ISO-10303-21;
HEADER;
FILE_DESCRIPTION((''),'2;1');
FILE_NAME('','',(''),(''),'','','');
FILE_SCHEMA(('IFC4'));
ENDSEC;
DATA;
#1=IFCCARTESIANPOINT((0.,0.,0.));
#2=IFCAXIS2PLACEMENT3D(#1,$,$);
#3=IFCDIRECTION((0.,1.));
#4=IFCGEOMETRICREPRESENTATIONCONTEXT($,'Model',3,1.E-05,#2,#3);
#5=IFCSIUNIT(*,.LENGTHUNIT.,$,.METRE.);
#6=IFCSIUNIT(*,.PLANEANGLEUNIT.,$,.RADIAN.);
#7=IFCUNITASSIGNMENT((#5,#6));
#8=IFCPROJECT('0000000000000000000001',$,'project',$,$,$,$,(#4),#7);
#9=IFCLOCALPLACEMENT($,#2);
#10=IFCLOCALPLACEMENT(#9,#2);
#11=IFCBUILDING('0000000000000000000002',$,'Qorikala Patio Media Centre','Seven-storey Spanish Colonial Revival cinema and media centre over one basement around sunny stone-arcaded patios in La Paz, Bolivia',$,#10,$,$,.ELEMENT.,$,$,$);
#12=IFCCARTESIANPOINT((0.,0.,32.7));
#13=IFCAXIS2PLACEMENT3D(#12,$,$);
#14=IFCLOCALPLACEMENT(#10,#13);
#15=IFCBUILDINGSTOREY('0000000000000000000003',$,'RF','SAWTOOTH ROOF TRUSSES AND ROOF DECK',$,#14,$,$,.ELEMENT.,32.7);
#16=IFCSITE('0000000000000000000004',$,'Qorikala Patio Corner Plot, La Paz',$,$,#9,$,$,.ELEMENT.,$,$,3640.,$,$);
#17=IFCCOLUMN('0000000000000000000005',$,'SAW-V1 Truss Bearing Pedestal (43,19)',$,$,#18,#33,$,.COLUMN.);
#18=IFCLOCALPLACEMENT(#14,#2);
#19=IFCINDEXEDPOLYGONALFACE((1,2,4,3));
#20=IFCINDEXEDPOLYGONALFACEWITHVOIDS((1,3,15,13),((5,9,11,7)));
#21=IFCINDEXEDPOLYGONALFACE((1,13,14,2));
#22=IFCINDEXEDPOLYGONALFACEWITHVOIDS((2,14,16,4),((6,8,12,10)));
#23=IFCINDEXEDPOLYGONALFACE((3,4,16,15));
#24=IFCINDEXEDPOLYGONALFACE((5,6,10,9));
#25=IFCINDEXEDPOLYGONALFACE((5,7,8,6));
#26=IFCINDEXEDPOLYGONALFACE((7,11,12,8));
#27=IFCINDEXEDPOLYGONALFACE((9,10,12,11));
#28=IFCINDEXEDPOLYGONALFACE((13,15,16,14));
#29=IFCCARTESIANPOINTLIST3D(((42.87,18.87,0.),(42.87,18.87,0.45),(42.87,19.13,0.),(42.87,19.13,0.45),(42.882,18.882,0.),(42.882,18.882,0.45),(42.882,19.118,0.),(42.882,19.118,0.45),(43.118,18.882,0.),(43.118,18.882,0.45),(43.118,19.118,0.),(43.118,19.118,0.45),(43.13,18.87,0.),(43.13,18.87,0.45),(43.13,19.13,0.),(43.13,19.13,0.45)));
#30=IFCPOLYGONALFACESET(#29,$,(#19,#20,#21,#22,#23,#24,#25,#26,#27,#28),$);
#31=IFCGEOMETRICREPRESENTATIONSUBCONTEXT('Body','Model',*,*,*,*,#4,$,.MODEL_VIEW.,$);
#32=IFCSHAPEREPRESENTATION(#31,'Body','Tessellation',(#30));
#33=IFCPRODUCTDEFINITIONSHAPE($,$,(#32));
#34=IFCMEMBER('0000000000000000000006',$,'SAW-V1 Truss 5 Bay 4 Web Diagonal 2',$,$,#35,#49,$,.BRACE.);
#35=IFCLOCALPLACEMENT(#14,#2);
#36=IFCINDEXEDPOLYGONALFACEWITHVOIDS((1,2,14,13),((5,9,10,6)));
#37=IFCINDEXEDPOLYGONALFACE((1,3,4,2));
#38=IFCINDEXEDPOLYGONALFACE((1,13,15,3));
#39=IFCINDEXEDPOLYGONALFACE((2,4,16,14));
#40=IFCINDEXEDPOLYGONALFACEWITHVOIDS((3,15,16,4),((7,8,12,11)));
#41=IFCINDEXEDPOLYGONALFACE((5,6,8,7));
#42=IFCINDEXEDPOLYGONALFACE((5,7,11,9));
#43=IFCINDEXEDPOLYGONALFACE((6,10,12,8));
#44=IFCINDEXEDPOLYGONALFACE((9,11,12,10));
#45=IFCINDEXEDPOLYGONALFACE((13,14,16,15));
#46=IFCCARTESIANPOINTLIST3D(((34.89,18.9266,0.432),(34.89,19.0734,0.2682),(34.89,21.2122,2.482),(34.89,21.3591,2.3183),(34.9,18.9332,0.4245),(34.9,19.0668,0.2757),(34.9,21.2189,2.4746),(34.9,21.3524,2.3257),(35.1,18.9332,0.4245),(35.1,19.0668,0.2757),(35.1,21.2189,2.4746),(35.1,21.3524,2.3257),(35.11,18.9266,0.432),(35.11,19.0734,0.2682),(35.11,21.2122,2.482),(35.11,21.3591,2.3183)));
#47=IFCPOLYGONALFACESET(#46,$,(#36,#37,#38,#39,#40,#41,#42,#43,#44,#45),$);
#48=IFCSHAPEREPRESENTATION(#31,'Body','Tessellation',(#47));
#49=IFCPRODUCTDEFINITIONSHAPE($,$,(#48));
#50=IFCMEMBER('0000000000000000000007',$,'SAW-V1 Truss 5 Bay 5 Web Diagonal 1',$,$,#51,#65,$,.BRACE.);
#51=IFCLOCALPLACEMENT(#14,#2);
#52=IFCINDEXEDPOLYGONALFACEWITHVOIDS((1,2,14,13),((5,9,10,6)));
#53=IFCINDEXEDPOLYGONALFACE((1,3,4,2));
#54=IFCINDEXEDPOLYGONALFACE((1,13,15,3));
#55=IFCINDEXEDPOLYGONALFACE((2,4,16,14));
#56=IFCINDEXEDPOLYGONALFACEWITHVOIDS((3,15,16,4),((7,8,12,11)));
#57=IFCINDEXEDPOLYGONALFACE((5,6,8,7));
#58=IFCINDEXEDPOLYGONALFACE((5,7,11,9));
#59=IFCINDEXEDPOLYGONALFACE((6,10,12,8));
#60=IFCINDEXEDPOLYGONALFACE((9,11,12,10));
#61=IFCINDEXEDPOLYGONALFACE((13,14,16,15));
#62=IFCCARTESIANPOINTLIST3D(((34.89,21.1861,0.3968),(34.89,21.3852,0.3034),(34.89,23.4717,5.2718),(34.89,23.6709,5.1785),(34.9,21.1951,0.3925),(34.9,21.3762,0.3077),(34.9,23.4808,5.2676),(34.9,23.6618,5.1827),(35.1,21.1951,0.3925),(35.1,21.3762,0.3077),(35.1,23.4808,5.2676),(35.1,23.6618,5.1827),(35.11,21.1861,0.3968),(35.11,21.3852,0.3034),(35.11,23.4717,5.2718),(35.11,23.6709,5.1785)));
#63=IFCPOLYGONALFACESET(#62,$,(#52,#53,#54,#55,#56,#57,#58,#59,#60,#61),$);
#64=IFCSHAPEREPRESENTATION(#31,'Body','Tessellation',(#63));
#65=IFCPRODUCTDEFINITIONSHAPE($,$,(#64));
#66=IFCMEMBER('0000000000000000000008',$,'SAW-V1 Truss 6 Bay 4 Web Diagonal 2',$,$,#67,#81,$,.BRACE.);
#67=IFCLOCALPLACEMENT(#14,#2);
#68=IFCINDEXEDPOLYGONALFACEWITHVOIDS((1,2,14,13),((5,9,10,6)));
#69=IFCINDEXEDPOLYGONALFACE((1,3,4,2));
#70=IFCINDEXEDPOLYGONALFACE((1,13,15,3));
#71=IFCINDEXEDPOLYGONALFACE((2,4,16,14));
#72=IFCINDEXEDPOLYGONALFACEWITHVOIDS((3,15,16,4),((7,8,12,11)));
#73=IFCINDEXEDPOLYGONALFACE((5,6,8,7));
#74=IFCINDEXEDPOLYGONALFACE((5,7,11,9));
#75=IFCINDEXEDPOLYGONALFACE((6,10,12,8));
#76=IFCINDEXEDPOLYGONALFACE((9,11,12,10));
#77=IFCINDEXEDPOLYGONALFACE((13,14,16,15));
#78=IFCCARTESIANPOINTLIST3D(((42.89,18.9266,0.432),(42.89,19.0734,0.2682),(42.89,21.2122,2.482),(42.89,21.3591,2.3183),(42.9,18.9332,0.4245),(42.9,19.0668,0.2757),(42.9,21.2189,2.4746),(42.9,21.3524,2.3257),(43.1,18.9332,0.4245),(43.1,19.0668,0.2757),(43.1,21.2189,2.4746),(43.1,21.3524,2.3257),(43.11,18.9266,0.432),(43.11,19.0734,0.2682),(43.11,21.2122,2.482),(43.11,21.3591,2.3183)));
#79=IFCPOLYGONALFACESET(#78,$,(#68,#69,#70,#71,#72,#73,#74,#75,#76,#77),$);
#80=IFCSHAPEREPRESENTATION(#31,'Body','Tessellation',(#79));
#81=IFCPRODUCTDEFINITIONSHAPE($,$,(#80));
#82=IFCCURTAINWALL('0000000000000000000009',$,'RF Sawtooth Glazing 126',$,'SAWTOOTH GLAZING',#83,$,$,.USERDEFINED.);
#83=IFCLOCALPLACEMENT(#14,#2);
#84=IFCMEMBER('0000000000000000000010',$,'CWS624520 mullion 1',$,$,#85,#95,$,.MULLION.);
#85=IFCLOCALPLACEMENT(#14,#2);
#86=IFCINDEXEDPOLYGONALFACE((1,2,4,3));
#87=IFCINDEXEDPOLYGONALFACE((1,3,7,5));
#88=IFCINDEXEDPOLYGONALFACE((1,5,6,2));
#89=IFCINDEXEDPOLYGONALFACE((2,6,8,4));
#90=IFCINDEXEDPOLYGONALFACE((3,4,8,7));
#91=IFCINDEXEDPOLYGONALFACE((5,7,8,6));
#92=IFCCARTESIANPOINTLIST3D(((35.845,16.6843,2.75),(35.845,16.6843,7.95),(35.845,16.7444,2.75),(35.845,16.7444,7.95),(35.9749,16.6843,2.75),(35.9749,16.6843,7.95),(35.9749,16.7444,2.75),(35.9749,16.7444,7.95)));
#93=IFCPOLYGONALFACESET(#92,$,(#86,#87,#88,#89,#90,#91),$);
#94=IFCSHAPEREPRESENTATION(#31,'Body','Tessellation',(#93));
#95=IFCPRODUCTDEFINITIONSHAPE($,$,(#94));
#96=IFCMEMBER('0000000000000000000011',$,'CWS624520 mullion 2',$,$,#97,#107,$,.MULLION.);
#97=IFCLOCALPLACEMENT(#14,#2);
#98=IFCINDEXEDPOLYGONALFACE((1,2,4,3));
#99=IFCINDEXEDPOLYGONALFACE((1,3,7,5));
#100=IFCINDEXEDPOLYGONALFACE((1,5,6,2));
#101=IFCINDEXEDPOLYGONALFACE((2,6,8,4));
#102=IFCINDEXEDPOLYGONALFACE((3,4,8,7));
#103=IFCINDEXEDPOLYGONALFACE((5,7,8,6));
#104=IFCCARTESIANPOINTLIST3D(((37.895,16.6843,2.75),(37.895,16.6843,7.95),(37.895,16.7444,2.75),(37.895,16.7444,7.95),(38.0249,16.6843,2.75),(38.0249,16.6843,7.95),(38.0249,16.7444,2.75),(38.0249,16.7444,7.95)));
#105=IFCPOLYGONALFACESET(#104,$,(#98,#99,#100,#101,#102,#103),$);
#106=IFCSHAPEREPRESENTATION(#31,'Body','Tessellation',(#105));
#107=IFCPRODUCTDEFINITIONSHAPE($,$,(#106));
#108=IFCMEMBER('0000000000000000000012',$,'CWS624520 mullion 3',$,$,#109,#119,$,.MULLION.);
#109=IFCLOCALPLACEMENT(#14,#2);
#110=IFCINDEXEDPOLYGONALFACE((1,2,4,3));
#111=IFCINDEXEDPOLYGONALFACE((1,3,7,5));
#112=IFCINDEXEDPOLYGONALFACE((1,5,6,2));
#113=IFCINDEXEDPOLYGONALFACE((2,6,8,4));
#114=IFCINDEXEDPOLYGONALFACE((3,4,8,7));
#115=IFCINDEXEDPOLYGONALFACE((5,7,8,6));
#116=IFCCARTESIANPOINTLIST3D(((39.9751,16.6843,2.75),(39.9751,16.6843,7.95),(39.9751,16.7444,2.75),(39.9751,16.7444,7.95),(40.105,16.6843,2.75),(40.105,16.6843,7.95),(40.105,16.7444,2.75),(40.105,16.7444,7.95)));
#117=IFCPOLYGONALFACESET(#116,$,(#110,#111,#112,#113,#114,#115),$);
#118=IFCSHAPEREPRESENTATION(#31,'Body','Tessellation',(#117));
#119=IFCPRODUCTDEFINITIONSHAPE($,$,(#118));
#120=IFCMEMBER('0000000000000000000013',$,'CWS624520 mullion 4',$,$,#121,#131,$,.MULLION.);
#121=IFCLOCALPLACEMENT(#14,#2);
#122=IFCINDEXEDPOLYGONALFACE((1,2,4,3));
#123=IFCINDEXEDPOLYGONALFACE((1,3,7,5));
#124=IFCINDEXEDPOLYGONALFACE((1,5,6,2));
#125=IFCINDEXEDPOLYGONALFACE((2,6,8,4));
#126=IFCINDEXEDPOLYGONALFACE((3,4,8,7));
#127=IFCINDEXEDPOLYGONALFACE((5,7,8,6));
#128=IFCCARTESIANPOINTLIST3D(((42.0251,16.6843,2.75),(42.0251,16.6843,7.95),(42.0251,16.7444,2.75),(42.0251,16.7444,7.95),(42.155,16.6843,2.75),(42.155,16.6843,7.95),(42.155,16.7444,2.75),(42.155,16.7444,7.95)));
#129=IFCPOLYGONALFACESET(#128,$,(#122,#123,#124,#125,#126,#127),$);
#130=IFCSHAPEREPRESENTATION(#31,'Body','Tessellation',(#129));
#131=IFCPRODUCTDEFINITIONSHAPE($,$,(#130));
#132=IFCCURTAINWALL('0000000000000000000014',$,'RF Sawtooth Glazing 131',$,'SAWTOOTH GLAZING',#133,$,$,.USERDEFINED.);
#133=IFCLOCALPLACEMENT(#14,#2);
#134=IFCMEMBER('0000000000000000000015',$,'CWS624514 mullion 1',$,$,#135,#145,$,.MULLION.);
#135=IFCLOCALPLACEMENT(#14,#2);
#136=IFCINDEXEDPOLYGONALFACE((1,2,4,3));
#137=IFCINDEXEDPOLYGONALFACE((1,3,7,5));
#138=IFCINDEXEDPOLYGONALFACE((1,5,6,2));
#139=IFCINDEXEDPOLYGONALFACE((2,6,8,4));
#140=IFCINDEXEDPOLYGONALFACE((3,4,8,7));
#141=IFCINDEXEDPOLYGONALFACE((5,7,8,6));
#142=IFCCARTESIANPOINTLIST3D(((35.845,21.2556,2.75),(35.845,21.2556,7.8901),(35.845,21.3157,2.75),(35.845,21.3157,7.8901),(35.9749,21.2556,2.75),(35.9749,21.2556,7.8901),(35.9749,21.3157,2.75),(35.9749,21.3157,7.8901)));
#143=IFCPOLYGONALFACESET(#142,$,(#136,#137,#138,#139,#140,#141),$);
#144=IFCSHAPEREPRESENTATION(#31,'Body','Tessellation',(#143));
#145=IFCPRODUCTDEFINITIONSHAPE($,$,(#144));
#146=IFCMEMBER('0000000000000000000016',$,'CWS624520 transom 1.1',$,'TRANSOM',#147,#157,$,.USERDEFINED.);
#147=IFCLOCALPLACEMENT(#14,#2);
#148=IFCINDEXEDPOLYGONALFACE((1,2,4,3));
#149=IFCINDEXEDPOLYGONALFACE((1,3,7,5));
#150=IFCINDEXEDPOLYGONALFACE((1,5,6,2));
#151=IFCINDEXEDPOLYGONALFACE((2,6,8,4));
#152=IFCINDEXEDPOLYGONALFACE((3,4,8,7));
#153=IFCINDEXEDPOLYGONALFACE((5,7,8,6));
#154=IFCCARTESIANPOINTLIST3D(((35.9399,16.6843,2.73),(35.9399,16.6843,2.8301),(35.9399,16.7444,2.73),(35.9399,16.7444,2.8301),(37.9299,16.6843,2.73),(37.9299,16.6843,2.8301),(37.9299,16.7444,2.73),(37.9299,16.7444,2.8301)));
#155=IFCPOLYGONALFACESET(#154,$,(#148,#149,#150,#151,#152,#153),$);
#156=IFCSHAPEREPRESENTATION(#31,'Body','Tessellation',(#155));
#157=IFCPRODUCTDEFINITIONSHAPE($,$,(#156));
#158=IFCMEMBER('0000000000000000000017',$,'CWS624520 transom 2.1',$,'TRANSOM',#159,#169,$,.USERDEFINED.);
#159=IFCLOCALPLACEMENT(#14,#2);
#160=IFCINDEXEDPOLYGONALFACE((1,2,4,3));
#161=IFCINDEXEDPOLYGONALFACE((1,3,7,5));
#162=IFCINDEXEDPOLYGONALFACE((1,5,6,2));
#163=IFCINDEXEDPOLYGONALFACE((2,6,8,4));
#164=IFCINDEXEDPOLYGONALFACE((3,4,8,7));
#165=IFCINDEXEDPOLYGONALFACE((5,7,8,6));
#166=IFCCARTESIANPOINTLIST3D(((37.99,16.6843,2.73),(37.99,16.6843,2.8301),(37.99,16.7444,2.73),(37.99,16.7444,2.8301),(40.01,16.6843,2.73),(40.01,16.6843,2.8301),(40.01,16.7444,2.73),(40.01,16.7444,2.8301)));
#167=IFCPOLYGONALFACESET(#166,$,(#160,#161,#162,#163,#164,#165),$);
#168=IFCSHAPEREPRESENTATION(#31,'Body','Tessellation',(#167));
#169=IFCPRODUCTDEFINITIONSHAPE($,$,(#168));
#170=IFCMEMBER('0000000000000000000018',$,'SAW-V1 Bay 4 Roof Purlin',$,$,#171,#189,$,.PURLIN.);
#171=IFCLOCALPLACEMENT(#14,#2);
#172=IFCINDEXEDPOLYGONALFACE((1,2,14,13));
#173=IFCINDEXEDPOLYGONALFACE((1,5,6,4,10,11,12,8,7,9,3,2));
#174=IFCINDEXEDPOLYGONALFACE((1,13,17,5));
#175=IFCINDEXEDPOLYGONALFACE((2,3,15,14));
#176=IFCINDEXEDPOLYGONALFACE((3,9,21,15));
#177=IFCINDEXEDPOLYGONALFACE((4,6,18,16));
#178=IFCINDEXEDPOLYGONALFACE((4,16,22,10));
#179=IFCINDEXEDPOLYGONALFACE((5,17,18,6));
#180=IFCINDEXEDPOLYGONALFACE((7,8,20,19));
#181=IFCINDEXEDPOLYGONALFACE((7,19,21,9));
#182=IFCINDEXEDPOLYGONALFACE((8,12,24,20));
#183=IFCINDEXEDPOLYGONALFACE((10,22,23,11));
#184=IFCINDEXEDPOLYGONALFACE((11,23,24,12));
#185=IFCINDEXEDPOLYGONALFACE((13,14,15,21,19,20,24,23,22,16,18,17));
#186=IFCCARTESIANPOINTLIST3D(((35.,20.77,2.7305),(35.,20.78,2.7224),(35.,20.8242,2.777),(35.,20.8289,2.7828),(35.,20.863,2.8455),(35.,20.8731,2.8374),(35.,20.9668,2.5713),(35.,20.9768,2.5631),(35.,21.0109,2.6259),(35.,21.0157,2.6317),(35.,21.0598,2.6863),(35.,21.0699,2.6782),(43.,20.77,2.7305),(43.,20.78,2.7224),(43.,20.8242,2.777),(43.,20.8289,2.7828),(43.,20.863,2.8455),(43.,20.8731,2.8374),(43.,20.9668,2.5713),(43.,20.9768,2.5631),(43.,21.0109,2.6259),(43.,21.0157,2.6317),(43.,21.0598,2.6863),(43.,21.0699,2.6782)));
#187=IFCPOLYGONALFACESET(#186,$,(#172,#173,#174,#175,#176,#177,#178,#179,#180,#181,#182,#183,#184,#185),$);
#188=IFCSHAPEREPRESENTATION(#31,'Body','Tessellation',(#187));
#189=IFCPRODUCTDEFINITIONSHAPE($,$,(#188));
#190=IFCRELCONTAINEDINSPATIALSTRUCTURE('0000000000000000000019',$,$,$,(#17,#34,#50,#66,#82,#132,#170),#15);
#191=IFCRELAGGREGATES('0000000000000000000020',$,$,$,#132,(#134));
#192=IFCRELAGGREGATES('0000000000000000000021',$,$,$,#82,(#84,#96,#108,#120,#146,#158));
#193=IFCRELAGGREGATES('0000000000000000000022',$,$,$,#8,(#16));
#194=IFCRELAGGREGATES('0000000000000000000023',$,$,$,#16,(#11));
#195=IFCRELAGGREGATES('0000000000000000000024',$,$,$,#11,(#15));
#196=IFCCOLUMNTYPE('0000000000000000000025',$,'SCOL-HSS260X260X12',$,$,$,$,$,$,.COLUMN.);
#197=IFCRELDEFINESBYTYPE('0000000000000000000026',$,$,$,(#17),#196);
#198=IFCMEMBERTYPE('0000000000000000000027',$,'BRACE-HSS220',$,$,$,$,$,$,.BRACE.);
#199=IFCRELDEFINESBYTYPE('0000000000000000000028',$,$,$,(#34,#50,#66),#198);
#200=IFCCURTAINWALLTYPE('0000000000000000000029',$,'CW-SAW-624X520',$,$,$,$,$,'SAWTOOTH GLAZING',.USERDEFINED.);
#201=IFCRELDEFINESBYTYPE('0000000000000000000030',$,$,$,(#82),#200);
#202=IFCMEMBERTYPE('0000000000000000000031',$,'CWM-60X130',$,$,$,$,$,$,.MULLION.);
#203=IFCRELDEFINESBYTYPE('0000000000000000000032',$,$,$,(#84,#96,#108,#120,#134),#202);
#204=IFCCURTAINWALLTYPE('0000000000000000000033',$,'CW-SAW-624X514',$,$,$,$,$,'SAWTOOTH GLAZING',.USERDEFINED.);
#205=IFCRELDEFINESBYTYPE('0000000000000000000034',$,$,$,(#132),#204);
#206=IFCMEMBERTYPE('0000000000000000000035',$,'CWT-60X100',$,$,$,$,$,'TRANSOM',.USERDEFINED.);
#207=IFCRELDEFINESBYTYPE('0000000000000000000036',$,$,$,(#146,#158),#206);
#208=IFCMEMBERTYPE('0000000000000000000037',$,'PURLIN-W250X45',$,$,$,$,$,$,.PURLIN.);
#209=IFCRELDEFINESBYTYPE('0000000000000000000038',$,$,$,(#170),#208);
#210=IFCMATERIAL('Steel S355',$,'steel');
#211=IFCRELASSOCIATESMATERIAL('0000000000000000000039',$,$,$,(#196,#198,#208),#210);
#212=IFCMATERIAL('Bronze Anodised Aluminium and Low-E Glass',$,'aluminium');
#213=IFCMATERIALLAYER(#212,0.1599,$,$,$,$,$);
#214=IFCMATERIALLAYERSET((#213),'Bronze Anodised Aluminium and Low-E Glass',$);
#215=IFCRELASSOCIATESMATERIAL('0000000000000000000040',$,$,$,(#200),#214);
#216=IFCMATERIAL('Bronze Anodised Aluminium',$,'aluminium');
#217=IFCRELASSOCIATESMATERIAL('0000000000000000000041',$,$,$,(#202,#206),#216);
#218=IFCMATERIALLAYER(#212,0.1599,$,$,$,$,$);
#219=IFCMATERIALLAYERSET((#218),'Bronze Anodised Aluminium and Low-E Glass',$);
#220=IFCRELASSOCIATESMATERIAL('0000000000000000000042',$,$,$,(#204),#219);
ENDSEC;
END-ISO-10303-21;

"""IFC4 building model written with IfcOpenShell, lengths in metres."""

from ifc_helpers import new_model, si_unit, direction, frame, origin, origin_2d, place, context, subcontext, project, spatial, rectangle, hollow_rectangle, i_section, extrude, material, layer, layer_set, material_profile, profile_set, type_object, element, aggregate, save


model = new_model("IFC4")

# Units and contexts
model_context = context("Model", 3, precision=1e-05, world=origin(), true_north=direction((0.0, 1.0)))
body_context = subcontext(model_context, "Body", "Model", "MODEL_VIEW")
ifc_project = project(units=[si_unit("LENGTHUNIT", "METRE"), si_unit("PLANEANGLEUNIT", "RADIAN")], contexts=[model_context])

# Site, building, storey
site_placement = place(None, origin())
site = spatial("IfcSite", under=ifc_project, at=site_placement, Name="Qorikala Patio Corner Plot, La Paz", CompositionType="ELEMENT", RefElevation=3640.0)
building_placement = place(site_placement, origin())
building = spatial("IfcBuilding", under=site, at=building_placement, Name="Qorikala Patio Media Centre", Description="Seven-storey Spanish Colonial Revival cinema and media centre over one basement around sunny stone-arcaded patios in La Paz, Bolivia", CompositionType="ELEMENT")
storey_placement = place(building_placement, frame((0.0, 0.0, 32.7)))
storey = spatial("IfcBuildingStorey", under=building, at=storey_placement, Name="RF", Description="SAWTOOTH ROOF TRUSSES AND ROOF DECK", CompositionType="ELEMENT", Elevation=32.7)

# Column
ifc_material_1 = material(Name="Steel S355", Category="steel")
ifc_material_profile_1 = material_profile(ifc_material_1, hollow_rectangle(XDim=0.26, YDim=0.26, WallThickness=0.012, at=origin_2d()), Name="HSS260X260X12")
ifc_profile_set_1 = profile_set([ifc_material_profile_1], Name="Steel S355")
column_type = type_object("IfcColumnType", Name="SCOL-HSS260X260X12", PredefinedType="COLUMN", material=ifc_profile_set_1)
column_placement = place(storey_placement, frame((43.0, 19.0, 0.0), z_axis=(0.0, 0.0, 1.0), x_axis=(1.0, 0.0, 0.0)))
element("IfcColumn", 1, at=column_placement, inside=storey, type_object=column_type, Name="SAW-V1 Truss Bearing Pedestal (43,19)", PredefinedType="COLUMN", context=body_context, shape_type="SweptSolid", body=[
    extrude(hollow_rectangle(XDim=0.26, YDim=0.26, WallThickness=0.012, at=origin_2d()), origin(), (0.0, 0.0, 1.0), 0.45),
])

# Members
ifc_material_profile_2 = material_profile(ifc_material_1, hollow_rectangle(XDim=0.22, YDim=0.22, WallThickness=0.01, at=origin_2d()), Name="HSS220X220X10")
ifc_profile_set_2 = profile_set([ifc_material_profile_2], Name="Steel S355")
member_type_1 = type_object("IfcMemberType", Name="BRACE-HSS220", PredefinedType="BRACE", material=ifc_profile_set_2)
member_1_placement = place(storey_placement, frame((35.0, 19.0, 0.3501), z_axis=(0.0, 0.744432, 0.667699), x_axis=(-1.0, 0.0, 0.0)))
element("IfcMember", 2, at=member_1_placement, inside=storey, type_object=member_type_1, Name="SAW-V1 Truss 5 Bay 4 Web Diagonal 2", PredefinedType="BRACE", context=body_context, shape_type="SweptSolid", body=[
    extrude(hollow_rectangle(XDim=0.22, YDim=0.22, WallThickness=0.01, at=origin_2d()), origin(), (0.0, 0.0, 1.0), 3.0703),
])
member_2_placement = place(storey_placement, frame((35.0, 21.2856, 0.3501), z_axis=(0.0, 0.424508, 0.905424), x_axis=(-1.0, 0.0, 0.0)))
element("IfcMember", 3, at=member_2_placement, inside=storey, type_object=member_type_1, Name="SAW-V1 Truss 5 Bay 5 Web Diagonal 1", PredefinedType="BRACE", context=body_context, shape_type="SweptSolid", body=[
    extrude(hollow_rectangle(XDim=0.22, YDim=0.22, WallThickness=0.01, at=origin_2d()), origin(), (0.0, 0.0, 1.0), 5.3843),
])
member_3_placement = place(storey_placement, frame((43.0, 19.0, 0.3501), z_axis=(0.0, 0.744432, 0.667699), x_axis=(-1.0, 0.0, 0.0)))
element("IfcMember", 4, at=member_3_placement, inside=storey, type_object=member_type_1, Name="SAW-V1 Truss 6 Bay 4 Web Diagonal 2", PredefinedType="BRACE", context=body_context, shape_type="SweptSolid", body=[
    extrude(hollow_rectangle(XDim=0.22, YDim=0.22, WallThickness=0.01, at=origin_2d()), origin(), (0.0, 0.0, 1.0), 3.0703),
])

# Curtain wall, members
ifc_material_2 = material(Name="Bronze Anodised Aluminium and Low-E Glass", Category="aluminium")
ifc_layer_1 = layer(ifc_material_2, 0.1599)
ifc_layer_set_1 = layer_set([ifc_layer_1], Name="Bronze Anodised Aluminium and Low-E Glass")
curtain_wall_type_1 = type_object("IfcCurtainWallType", Name="CW-SAW-624X520", ElementType="SAWTOOTH GLAZING", PredefinedType="USERDEFINED", material=ifc_layer_set_1)
curtain_wall_1_placement = place(storey_placement, origin())
curtain_wall_1 = element("IfcCurtainWall", 5, at=curtain_wall_1_placement, inside=storey, type_object=curtain_wall_type_1, Name="RF Sawtooth Glazing 126", ObjectType="SAWTOOTH GLAZING", PredefinedType="USERDEFINED")
ifc_material_3 = material(Name="Bronze Anodised Aluminium", Category="aluminium")
ifc_material_profile_3 = material_profile(ifc_material_3, rectangle(XDim=0.0601, YDim=0.1299, at=origin_2d()), Name="ALU MULLION 60x130")
ifc_profile_set_3 = profile_set([ifc_material_profile_3], Name="Bronze Anodised Aluminium")
member_type_2 = type_object("IfcMemberType", Name="CWM-60X130", PredefinedType="MULLION", material=ifc_profile_set_3)
member_4_placement = place(storey_placement, frame((35.9099, 16.7144, 2.75), z_axis=(0.0, 0.0, 1.0), x_axis=(0.0, 1.0, 0.0)))
member_4 = element("IfcMember", 6, at=member_4_placement, type_object=member_type_2, Name="CWS624520 mullion 1", PredefinedType="MULLION", context=body_context, shape_type="SweptSolid", body=[
    extrude(rectangle(XDim=0.0601, YDim=0.1299, at=origin_2d()), origin(), (0.0, 0.0, 1.0), 5.2),
])
member_5_placement = place(storey_placement, frame((37.96, 16.7144, 2.75), z_axis=(0.0, 0.0, 1.0), x_axis=(0.0, 1.0, 0.0)))
member_5 = element("IfcMember", 7, at=member_5_placement, type_object=member_type_2, Name="CWS624520 mullion 2", PredefinedType="MULLION", context=body_context, shape_type="SweptSolid", body=[
    extrude(rectangle(XDim=0.0601, YDim=0.1299, at=origin_2d()), origin(), (0.0, 0.0, 1.0), 5.2),
])
member_6_placement = place(storey_placement, frame((40.04, 16.7144, 2.75), z_axis=(0.0, 0.0, 1.0), x_axis=(0.0, 1.0, 0.0)))
member_6 = element("IfcMember", 8, at=member_6_placement, type_object=member_type_2, Name="CWS624520 mullion 3", PredefinedType="MULLION", context=body_context, shape_type="SweptSolid", body=[
    extrude(rectangle(XDim=0.0601, YDim=0.1299, at=origin_2d()), origin(), (0.0, 0.0, 1.0), 5.2),
])
member_7_placement = place(storey_placement, frame((42.0901, 16.7144, 2.75), z_axis=(0.0, 0.0, 1.0), x_axis=(0.0, 1.0, 0.0)))
member_7 = element("IfcMember", 9, at=member_7_placement, type_object=member_type_2, Name="CWS624520 mullion 4", PredefinedType="MULLION", context=body_context, shape_type="SweptSolid", body=[
    extrude(rectangle(XDim=0.0601, YDim=0.1299, at=origin_2d()), origin(), (0.0, 0.0, 1.0), 5.2),
])

# Curtain wall, member
ifc_layer_2 = layer(ifc_material_2, 0.1599)
ifc_layer_set_2 = layer_set([ifc_layer_2], Name="Bronze Anodised Aluminium and Low-E Glass")
curtain_wall_type_2 = type_object("IfcCurtainWallType", Name="CW-SAW-624X514", ElementType="SAWTOOTH GLAZING", PredefinedType="USERDEFINED", material=ifc_layer_set_2)
curtain_wall_2_placement = place(storey_placement, origin())
curtain_wall_2 = element("IfcCurtainWall", 10, at=curtain_wall_2_placement, inside=storey, type_object=curtain_wall_type_2, Name="RF Sawtooth Glazing 131", ObjectType="SAWTOOTH GLAZING", PredefinedType="USERDEFINED")
member_8_placement = place(storey_placement, frame((35.9099, 21.2856, 2.75), z_axis=(0.0, 0.0, 1.0), x_axis=(0.0, 1.0, 0.0)))
member_8 = element("IfcMember", 11, at=member_8_placement, type_object=member_type_2, Name="CWS624514 mullion 1", PredefinedType="MULLION", context=body_context, shape_type="SweptSolid", body=[
    extrude(rectangle(XDim=0.0601, YDim=0.1299, at=origin_2d()), origin(), (0.0, 0.0, 1.0), 5.1401),
])
aggregate(curtain_wall_2, [member_8])

# Members
ifc_material_profile_4 = material_profile(ifc_material_3, rectangle(XDim=0.0601, YDim=0.1001, at=origin_2d()), Name="ALU TRANSOM 60x100")
ifc_profile_set_4 = profile_set([ifc_material_profile_4], Name="Bronze Anodised Aluminium")
member_type_3 = type_object("IfcMemberType", Name="CWT-60X100", ElementType="TRANSOM", PredefinedType="USERDEFINED", material=ifc_profile_set_4)
member_9_placement = place(storey_placement, frame((35.9399, 16.7144, 2.78), z_axis=(1.0, 0.0, 0.0), x_axis=(0.0, 1.0, 0.0)))
member_9 = element("IfcMember", 12, at=member_9_placement, type_object=member_type_3, Name="CWS624520 transom 1.1", ObjectType="TRANSOM", PredefinedType="USERDEFINED", context=body_context, shape_type="SweptSolid", body=[
    extrude(rectangle(XDim=0.0601, YDim=0.1001, at=origin_2d()), origin(), (0.0, 0.0, 1.0), 1.99),
])
member_10_placement = place(storey_placement, frame((37.99, 16.7144, 2.78), z_axis=(1.0, 0.0, 0.0), x_axis=(0.0, 1.0, 0.0)))
member_10 = element("IfcMember", 13, at=member_10_placement, type_object=member_type_3, Name="CWS624520 transom 2.1", ObjectType="TRANSOM", PredefinedType="USERDEFINED", context=body_context, shape_type="SweptSolid", body=[
    extrude(rectangle(XDim=0.0601, YDim=0.1001, at=origin_2d()), origin(), (0.0, 0.0, 1.0), 2.02),
])
aggregate(curtain_wall_1, [member_4, member_5, member_6, member_7, member_9, member_10])
ifc_material_profile_5 = material_profile(ifc_material_1, i_section(OverallWidth=0.1479, OverallDepth=0.2661, WebThickness=0.0076, FlangeThickness=0.0129, at=origin_2d()), Name="W250X45")
ifc_profile_set_5 = profile_set([ifc_material_profile_5], Name="Steel S355")
member_type_4 = type_object("IfcMemberType", Name="PURLIN-W250X45", PredefinedType="PURLIN", material=ifc_profile_set_5)
member_11_placement = place(storey_placement, frame((35.0, 20.9199, 2.7043), z_axis=(1.0, 0.0, 0.0), x_axis=(0.0, 0.628995, 0.77741)))
element("IfcMember", 14, at=member_11_placement, inside=storey, type_object=member_type_4, Name="SAW-V1 Bay 4 Roof Purlin", PredefinedType="PURLIN", context=body_context, shape_type="SweptSolid", body=[
    extrude(i_section(OverallWidth=0.1479, OverallDepth=0.2661, WebThickness=0.0076, FlangeThickness=0.0129, at=origin_2d()), origin(), (0.0, 0.0, 1.0), 8.0),
])

save(model, "model.ifc")
